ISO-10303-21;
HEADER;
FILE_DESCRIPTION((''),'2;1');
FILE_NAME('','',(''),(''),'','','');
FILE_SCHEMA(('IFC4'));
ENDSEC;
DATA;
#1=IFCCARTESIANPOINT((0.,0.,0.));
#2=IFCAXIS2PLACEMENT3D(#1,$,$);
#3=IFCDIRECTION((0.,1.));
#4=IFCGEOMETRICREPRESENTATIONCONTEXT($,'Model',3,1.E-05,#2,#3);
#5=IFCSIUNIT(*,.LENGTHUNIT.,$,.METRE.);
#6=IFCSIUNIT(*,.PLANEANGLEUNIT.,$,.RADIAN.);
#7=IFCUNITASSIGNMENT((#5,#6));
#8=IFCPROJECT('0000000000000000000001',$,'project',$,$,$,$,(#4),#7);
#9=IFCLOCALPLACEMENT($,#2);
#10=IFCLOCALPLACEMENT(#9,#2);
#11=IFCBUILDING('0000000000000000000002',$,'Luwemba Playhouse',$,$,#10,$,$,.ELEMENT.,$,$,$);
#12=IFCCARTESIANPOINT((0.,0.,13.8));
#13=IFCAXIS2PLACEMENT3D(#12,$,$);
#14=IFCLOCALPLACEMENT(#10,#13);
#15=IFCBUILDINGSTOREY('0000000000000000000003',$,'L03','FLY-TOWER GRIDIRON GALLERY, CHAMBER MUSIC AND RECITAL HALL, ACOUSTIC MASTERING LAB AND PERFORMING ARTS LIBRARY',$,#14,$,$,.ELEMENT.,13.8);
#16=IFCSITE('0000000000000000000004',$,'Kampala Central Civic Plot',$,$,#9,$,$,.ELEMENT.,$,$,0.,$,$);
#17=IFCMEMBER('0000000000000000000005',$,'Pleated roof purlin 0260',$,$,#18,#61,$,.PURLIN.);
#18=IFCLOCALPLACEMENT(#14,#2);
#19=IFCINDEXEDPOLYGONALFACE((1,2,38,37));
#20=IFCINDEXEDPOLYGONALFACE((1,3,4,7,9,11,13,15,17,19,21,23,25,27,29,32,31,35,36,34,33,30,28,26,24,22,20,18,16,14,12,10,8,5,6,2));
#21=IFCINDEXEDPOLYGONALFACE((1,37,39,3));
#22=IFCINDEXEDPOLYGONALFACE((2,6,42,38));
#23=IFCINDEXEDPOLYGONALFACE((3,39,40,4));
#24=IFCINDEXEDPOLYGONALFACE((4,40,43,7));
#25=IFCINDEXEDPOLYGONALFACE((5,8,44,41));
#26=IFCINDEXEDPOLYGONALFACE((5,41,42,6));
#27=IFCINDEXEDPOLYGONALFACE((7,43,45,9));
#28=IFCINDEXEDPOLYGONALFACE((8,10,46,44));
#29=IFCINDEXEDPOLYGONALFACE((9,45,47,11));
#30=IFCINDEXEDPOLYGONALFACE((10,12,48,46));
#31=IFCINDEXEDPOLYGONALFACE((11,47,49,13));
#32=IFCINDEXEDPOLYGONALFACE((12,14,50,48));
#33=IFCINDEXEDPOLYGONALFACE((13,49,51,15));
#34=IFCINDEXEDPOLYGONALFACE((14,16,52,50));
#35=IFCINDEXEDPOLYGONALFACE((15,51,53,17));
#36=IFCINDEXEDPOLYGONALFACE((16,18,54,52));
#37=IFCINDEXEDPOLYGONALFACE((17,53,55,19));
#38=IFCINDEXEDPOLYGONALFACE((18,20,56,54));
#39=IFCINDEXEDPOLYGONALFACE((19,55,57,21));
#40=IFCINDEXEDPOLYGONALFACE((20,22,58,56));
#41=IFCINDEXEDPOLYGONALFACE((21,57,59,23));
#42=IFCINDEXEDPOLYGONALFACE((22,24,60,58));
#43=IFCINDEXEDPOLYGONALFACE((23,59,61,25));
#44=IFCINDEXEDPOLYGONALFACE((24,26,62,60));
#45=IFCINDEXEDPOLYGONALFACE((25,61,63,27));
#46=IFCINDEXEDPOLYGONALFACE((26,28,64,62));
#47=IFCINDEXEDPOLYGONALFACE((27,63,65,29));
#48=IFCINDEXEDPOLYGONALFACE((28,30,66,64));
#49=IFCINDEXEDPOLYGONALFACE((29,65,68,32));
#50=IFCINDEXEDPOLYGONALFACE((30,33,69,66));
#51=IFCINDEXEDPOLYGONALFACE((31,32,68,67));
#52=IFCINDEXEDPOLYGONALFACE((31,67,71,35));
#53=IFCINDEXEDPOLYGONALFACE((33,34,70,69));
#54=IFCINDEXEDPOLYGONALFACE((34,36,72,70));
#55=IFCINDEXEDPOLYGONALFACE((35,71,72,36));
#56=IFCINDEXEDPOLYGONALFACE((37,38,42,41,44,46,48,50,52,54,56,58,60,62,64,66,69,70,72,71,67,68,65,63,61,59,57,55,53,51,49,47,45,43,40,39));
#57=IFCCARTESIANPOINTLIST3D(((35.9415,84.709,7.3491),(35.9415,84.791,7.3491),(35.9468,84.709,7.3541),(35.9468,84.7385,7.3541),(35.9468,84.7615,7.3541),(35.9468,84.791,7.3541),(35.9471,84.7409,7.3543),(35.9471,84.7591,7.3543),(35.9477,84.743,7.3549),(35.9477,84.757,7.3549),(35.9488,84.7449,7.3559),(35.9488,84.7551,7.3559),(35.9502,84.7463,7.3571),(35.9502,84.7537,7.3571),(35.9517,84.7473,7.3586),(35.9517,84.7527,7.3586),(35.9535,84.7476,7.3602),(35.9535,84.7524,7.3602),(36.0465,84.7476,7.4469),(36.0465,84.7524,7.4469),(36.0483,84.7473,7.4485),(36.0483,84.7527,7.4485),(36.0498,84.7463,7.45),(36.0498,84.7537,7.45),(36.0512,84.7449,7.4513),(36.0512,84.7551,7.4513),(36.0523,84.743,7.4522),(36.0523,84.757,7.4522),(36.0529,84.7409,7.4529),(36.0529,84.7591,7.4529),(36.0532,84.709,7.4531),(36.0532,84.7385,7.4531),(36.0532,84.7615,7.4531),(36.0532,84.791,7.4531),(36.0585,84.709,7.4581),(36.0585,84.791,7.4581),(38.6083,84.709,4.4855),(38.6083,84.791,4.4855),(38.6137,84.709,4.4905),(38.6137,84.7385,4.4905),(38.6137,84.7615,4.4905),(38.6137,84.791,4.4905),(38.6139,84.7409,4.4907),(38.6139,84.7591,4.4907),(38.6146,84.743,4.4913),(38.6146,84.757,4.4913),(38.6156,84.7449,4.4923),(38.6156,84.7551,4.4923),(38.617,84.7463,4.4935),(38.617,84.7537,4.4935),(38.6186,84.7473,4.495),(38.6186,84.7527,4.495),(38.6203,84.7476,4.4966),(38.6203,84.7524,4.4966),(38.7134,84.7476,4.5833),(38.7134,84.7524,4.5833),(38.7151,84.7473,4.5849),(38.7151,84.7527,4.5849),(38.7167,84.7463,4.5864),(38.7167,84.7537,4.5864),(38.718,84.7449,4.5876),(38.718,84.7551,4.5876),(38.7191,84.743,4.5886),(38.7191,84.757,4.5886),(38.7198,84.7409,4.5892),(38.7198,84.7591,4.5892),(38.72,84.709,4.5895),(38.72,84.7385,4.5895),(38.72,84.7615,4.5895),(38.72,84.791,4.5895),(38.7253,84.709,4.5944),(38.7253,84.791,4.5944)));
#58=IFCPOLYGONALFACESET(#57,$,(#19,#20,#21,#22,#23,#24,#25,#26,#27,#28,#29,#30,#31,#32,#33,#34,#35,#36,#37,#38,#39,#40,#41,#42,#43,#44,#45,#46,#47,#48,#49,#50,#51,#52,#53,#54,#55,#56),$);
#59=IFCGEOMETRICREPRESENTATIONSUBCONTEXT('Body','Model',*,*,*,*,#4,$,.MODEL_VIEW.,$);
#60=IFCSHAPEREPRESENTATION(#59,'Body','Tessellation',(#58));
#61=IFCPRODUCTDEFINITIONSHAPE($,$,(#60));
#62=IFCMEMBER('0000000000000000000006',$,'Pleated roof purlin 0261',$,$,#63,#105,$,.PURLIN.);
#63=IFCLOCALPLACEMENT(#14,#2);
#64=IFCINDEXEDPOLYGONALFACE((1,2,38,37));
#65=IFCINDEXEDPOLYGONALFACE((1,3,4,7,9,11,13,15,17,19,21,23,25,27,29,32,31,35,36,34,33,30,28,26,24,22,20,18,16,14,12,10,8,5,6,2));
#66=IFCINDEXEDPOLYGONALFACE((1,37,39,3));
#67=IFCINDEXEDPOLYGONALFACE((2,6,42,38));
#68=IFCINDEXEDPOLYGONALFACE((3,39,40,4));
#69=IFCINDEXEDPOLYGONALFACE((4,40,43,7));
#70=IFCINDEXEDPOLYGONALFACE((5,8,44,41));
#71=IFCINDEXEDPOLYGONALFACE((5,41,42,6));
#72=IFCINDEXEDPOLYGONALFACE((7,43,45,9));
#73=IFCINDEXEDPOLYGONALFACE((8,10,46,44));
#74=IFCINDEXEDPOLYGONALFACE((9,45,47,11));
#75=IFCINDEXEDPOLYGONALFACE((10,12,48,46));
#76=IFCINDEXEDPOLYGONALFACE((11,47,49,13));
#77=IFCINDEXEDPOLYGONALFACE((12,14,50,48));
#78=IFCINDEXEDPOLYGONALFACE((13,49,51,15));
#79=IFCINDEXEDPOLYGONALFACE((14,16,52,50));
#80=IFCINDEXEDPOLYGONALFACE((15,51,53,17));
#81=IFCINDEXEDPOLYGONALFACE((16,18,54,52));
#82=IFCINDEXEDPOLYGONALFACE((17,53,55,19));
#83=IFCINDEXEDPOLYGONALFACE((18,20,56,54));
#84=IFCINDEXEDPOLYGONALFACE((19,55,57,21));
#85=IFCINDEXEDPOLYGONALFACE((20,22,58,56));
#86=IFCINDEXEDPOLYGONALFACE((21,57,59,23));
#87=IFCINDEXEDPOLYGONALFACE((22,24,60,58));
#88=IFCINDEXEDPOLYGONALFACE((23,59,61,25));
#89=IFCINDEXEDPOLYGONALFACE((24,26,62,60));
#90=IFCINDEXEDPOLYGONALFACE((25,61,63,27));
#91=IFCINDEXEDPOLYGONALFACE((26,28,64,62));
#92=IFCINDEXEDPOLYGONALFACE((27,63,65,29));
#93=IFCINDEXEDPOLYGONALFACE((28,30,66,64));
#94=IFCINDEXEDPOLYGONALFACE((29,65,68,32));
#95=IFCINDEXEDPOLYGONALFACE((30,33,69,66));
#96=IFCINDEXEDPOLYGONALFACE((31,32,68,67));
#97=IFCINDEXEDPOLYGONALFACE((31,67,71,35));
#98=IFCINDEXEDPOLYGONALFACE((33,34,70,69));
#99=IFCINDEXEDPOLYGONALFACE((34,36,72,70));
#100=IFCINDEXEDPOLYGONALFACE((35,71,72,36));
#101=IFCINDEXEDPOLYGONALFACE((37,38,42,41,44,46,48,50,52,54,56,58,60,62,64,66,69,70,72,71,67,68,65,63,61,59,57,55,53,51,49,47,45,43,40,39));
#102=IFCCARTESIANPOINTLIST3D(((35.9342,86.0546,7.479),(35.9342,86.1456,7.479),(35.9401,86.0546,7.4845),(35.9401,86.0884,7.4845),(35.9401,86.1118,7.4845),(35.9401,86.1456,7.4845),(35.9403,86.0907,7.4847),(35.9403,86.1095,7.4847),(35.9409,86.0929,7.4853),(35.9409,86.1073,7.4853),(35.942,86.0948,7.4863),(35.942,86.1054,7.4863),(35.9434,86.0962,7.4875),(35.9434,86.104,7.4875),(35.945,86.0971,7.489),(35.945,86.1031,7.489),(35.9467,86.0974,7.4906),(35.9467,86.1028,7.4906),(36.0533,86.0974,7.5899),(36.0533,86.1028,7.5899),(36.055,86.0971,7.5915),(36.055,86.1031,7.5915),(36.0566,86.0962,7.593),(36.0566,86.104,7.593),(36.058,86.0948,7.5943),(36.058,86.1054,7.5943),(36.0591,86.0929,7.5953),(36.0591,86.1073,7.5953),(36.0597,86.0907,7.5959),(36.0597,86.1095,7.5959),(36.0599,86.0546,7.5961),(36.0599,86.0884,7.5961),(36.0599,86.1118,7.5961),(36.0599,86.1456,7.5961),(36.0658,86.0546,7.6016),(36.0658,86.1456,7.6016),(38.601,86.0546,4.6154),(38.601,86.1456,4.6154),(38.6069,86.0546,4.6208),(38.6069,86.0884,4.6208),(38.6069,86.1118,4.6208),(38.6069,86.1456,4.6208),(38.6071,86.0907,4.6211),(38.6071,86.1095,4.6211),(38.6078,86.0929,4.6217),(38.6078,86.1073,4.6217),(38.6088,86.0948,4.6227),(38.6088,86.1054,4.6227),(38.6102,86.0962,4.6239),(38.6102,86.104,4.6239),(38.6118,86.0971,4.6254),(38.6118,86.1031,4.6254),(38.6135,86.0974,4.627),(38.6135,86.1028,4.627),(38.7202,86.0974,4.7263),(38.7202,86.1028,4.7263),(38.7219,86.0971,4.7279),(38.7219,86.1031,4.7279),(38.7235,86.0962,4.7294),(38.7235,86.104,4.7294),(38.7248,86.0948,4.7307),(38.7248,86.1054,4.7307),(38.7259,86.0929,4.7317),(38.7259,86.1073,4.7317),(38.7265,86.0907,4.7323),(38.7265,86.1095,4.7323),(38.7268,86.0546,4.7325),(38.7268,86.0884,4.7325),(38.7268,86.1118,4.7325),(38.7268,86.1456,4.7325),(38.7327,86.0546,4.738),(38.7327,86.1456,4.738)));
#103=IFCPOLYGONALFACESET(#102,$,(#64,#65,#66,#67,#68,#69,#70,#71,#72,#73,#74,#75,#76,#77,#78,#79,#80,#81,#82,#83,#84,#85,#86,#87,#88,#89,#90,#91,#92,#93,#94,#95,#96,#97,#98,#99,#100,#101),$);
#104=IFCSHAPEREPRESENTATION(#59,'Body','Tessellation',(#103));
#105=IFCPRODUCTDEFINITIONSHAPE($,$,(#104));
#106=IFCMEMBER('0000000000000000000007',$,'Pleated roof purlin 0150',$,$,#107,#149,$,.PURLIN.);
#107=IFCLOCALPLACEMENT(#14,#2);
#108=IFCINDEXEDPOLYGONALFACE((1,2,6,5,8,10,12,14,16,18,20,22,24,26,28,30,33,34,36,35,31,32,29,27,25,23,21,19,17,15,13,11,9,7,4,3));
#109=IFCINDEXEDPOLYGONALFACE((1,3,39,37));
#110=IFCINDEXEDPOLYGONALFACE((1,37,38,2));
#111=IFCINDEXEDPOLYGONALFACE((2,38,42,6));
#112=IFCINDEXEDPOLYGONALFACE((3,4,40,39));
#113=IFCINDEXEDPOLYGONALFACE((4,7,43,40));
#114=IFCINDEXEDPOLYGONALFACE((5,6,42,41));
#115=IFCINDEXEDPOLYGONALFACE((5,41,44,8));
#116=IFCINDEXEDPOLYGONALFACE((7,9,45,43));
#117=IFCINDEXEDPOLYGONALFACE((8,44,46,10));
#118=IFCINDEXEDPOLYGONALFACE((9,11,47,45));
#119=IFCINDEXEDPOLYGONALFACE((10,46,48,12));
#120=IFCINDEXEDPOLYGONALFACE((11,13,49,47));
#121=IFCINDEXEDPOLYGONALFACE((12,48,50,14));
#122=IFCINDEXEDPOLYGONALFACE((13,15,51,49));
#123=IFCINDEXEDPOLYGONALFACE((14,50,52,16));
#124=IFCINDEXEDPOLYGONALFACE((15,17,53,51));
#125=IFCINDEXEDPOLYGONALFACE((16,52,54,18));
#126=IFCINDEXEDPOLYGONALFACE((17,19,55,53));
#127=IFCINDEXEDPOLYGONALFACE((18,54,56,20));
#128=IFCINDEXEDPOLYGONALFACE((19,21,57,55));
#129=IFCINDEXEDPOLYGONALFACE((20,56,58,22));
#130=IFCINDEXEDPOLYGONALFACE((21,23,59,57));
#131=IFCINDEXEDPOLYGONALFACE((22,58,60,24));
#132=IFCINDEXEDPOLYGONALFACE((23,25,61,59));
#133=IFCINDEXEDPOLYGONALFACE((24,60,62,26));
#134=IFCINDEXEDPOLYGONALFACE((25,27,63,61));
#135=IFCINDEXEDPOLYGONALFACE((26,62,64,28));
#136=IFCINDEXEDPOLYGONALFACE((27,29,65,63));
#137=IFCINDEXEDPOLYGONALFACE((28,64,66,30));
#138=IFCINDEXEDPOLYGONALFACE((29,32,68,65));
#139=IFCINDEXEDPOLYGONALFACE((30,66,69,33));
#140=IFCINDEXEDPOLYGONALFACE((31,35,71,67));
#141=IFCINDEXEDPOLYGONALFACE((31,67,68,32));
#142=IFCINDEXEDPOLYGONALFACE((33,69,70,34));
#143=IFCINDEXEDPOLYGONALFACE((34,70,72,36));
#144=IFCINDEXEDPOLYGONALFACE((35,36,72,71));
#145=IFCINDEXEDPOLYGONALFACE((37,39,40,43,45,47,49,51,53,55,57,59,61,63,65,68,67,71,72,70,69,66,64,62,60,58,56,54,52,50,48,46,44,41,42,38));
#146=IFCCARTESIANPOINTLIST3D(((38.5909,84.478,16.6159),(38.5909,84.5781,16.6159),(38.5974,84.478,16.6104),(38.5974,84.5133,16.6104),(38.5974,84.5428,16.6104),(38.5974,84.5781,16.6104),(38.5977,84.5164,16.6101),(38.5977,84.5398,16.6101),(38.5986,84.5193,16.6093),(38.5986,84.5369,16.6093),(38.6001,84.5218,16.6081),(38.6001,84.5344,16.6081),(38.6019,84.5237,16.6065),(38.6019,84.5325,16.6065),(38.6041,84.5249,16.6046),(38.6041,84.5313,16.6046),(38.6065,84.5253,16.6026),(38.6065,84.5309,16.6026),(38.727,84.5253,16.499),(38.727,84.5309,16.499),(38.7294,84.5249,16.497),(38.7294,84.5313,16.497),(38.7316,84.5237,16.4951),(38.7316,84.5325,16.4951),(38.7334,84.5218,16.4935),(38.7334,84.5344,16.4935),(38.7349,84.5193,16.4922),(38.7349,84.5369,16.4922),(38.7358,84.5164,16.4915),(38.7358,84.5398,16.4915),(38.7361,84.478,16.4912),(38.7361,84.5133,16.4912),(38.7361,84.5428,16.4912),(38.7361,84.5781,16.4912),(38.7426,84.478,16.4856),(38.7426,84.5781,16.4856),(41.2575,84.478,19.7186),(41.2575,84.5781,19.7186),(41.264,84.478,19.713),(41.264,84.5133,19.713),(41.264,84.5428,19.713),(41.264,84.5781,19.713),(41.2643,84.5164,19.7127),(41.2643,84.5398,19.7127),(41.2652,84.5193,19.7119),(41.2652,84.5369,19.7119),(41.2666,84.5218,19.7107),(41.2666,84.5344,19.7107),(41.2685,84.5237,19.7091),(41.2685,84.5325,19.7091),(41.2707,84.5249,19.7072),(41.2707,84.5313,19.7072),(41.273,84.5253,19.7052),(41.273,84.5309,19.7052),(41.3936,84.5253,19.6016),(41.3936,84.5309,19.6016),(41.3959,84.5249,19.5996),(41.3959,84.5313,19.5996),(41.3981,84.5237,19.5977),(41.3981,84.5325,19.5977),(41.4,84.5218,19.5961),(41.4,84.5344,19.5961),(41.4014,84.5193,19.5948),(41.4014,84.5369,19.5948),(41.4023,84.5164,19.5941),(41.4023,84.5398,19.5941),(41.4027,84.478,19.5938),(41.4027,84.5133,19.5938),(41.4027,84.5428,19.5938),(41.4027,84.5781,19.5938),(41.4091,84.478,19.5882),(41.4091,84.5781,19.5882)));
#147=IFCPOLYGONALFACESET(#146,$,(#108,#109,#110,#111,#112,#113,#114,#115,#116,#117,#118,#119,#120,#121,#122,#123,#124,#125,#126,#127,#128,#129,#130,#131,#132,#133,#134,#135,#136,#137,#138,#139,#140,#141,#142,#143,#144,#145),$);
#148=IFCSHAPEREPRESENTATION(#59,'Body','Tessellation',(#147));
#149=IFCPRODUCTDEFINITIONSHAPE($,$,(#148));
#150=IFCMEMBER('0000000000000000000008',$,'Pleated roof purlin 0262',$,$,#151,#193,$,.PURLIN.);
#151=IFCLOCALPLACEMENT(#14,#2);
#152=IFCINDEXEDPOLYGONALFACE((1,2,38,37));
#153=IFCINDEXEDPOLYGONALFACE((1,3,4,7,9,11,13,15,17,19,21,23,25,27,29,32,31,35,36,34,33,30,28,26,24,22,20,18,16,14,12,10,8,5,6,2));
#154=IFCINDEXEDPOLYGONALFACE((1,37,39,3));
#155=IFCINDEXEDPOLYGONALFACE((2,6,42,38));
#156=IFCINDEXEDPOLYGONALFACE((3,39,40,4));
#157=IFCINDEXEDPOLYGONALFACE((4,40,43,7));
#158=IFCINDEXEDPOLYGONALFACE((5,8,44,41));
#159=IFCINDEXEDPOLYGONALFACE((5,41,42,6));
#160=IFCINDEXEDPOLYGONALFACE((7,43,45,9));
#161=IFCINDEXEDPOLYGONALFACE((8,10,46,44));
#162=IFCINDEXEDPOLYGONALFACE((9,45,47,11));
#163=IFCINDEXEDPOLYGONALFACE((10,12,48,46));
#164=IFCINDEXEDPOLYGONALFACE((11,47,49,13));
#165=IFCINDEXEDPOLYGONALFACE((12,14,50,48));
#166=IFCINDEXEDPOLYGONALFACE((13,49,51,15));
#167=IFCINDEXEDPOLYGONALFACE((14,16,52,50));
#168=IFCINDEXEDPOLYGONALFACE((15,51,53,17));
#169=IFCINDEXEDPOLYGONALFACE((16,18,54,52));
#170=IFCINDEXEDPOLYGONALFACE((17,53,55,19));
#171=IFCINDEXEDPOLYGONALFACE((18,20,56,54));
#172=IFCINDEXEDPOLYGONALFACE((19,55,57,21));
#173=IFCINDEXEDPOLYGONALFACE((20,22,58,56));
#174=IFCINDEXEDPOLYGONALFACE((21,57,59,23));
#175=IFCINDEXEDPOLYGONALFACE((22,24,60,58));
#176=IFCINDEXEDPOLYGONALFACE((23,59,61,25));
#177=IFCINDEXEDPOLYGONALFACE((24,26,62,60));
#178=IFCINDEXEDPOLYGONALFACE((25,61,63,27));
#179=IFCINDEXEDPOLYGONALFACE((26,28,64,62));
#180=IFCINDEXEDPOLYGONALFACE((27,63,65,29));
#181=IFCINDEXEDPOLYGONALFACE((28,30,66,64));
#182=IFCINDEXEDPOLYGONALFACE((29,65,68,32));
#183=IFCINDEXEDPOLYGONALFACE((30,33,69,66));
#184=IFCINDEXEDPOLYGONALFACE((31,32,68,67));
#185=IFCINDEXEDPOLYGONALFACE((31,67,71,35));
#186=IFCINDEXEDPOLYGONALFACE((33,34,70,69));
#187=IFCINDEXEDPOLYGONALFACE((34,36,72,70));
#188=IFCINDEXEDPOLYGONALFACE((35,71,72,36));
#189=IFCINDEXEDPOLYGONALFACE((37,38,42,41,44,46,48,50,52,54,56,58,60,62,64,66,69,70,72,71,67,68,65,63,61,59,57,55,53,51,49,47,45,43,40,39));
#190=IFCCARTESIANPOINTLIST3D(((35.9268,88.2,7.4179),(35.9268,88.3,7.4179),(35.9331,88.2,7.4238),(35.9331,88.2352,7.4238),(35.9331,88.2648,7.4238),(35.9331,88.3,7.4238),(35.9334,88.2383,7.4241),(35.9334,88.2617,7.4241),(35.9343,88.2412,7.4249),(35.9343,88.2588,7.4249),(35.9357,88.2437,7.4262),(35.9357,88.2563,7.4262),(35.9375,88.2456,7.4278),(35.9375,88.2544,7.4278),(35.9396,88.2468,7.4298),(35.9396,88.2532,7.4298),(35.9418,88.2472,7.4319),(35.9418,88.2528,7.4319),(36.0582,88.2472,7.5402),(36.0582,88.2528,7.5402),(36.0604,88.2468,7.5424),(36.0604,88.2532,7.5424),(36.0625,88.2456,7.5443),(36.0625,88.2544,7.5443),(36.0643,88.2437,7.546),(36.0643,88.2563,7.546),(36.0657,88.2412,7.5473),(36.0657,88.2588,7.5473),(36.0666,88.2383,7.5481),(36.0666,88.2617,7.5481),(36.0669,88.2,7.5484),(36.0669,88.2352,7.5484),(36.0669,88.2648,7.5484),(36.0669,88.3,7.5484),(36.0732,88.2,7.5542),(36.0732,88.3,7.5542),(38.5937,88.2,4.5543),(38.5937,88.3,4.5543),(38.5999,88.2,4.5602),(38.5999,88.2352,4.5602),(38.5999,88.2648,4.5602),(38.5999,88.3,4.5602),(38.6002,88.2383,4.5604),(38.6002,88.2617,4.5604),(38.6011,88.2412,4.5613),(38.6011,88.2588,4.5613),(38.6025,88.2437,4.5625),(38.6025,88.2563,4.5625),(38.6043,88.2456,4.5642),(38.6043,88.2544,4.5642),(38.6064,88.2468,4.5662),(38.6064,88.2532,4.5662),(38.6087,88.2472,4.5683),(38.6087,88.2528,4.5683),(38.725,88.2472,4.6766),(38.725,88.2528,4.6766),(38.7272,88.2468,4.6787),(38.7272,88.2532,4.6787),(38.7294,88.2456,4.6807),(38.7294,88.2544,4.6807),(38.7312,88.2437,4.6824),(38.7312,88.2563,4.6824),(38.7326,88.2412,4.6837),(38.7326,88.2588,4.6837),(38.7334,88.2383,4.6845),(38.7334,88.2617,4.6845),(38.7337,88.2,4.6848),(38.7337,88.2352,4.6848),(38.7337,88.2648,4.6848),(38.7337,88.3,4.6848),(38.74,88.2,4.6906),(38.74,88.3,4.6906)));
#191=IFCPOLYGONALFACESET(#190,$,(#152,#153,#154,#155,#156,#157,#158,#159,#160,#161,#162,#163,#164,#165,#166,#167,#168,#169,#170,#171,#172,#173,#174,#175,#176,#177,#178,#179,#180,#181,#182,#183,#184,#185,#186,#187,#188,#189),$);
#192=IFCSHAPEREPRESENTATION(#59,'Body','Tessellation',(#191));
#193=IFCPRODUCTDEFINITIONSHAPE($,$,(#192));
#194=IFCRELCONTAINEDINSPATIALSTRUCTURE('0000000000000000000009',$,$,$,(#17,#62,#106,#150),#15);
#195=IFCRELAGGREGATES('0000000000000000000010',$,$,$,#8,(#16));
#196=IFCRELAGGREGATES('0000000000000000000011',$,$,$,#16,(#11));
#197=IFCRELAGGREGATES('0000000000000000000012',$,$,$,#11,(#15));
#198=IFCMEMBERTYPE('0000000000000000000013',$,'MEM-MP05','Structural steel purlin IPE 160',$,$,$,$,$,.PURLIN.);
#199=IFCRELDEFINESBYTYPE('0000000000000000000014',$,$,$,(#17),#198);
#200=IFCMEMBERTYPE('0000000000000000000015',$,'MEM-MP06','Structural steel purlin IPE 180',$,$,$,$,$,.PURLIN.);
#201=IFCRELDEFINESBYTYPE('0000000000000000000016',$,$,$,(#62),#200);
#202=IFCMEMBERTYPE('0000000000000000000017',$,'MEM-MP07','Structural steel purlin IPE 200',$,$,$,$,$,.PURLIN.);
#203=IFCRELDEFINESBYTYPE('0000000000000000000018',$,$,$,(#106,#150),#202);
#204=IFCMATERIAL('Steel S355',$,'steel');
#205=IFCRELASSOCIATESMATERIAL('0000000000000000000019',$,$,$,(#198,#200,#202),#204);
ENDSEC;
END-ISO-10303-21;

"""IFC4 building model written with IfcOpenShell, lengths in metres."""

from ifc_helpers import new_model, si_unit, direction, frame, origin, origin_2d, place, context, subcontext, project, spatial, i_section, extrude, material, material_profile, profile_set, type_object, element, save


model = new_model("IFC4")

# Units and contexts
model_context = context("Model", 3, precision=1e-05, world=origin(), true_north=direction((0.0, 1.0)))
body_context = subcontext(model_context, "Body", "Model", "MODEL_VIEW")
ifc_project = project(units=[si_unit("LENGTHUNIT", "METRE"), si_unit("PLANEANGLEUNIT", "RADIAN")], contexts=[model_context])

# Site, building, storey
site_placement = place(None, origin())
site = spatial("IfcSite", under=ifc_project, at=site_placement, Name="Kampala Central Civic Plot", CompositionType="ELEMENT", RefElevation=0.0)
building_placement = place(site_placement, origin())
building = spatial("IfcBuilding", under=site, at=building_placement, Name="Luwemba Playhouse", CompositionType="ELEMENT")
storey_placement = place(building_placement, frame((0.0, 0.0, 13.8)))
storey = spatial("IfcBuildingStorey", under=building, at=storey_placement, Name="L03", Description="FLY-TOWER GRIDIRON GALLERY, CHAMBER MUSIC AND RECITAL HALL, ACOUSTIC MASTERING LAB AND PERFORMING ARTS LIBRARY", CompositionType="ELEMENT", Elevation=13.8)

# Shared definitions
ifc_material_1 = material(Name="Steel S355", Category="steel")

# Members
ifc_material_profile_1 = material_profile(ifc_material_1, i_section(OverallWidth=0.082, OverallDepth=0.1599, WebThickness=0.0049, FlangeThickness=0.0073, FilletRadius=0.009, at=origin_2d()))
ifc_profile_set_1 = profile_set([ifc_material_profile_1], Name="Steel S355")
member_type_1 = type_object("IfcMemberType", Name="MEM-MP05", Description="Structural steel purlin IPE 160", PredefinedType="PURLIN", material=ifc_profile_set_1)
member_1_placement = place(storey_placement, frame((36.0, 84.75, 7.4036), z_axis=(0.681515, 0.0, -0.731804), x_axis=(0.0, 1.0, 0.0)))
element("IfcMember", 1, at=member_1_placement, inside=storey, type_object=member_type_1, Name="Pleated roof purlin 0260", PredefinedType="PURLIN", context=body_context, shape_type="SweptSolid", body=[
    extrude(i_section(OverallWidth=0.082, OverallDepth=0.1599, WebThickness=0.0049, FlangeThickness=0.0073, FilletRadius=0.009, at=origin_2d()), origin(), (0.0, 0.0, 1.0), 3.9131),
])
ifc_material_profile_2 = material_profile(ifc_material_1, i_section(OverallWidth=0.0911, OverallDepth=0.1799, WebThickness=0.0054, FlangeThickness=0.0081, FilletRadius=0.009, at=origin_2d()))
ifc_profile_set_2 = profile_set([ifc_material_profile_2], Name="Steel S355")
member_type_2 = type_object("IfcMemberType", Name="MEM-MP06", Description="Structural steel purlin IPE 180", PredefinedType="PURLIN", material=ifc_profile_set_2)
member_2_placement = place(storey_placement, frame((36.0, 86.1001, 7.5403), z_axis=(0.681515, 0.0, -0.731804), x_axis=(0.0, 1.0, 0.0)))
element("IfcMember", 2, at=member_2_placement, inside=storey, type_object=member_type_2, Name="Pleated roof purlin 0261", PredefinedType="PURLIN", context=body_context, shape_type="SweptSolid", body=[
    extrude(i_section(OverallWidth=0.0911, OverallDepth=0.1799, WebThickness=0.0054, FlangeThickness=0.0081, FilletRadius=0.009, at=origin_2d()), origin(), (0.0, 0.0, 1.0), 3.9131),
])
ifc_material_profile_3 = material_profile(ifc_material_1, i_section(OverallWidth=0.1001, OverallDepth=0.2, WebThickness=0.0056, FlangeThickness=0.0085, FilletRadius=0.012, at=origin_2d()))
ifc_profile_set_3 = profile_set([ifc_material_profile_3], Name="Steel S355")
member_type_3 = type_object("IfcMemberType", Name="MEM-MP07", Description="Structural steel purlin IPE 200", PredefinedType="PURLIN", material=ifc_profile_set_3)
member_3_placement = place(storey_placement, frame((38.6667, 84.5281, 16.5508), z_axis=(0.651803, 0.0, 0.758388), x_axis=(0.0, 1.0, 0.0)))
element("IfcMember", 3, at=member_3_placement, inside=storey, type_object=member_type_3, Name="Pleated roof purlin 0150", PredefinedType="PURLIN", context=body_context, shape_type="SweptSolid", body=[
    extrude(i_section(OverallWidth=0.1001, OverallDepth=0.2, WebThickness=0.0056, FlangeThickness=0.0085, FilletRadius=0.012, at=origin_2d()), origin(), (0.0, 0.0, 1.0), 4.0911),
])
member_4_placement = place(storey_placement, frame((36.0, 88.25, 7.4861), z_axis=(0.681515, 0.0, -0.731804), x_axis=(0.0, 1.0, 0.0)))
element("IfcMember", 4, at=member_4_placement, inside=storey, type_object=member_type_3, Name="Pleated roof purlin 0262", PredefinedType="PURLIN", context=body_context, shape_type="SweptSolid", body=[
    extrude(i_section(OverallWidth=0.1001, OverallDepth=0.2, WebThickness=0.0056, FlangeThickness=0.0085, FilletRadius=0.012, at=origin_2d()), origin(), (0.0, 0.0, 1.0), 3.9131),
])

save(model, "model.ifc")
